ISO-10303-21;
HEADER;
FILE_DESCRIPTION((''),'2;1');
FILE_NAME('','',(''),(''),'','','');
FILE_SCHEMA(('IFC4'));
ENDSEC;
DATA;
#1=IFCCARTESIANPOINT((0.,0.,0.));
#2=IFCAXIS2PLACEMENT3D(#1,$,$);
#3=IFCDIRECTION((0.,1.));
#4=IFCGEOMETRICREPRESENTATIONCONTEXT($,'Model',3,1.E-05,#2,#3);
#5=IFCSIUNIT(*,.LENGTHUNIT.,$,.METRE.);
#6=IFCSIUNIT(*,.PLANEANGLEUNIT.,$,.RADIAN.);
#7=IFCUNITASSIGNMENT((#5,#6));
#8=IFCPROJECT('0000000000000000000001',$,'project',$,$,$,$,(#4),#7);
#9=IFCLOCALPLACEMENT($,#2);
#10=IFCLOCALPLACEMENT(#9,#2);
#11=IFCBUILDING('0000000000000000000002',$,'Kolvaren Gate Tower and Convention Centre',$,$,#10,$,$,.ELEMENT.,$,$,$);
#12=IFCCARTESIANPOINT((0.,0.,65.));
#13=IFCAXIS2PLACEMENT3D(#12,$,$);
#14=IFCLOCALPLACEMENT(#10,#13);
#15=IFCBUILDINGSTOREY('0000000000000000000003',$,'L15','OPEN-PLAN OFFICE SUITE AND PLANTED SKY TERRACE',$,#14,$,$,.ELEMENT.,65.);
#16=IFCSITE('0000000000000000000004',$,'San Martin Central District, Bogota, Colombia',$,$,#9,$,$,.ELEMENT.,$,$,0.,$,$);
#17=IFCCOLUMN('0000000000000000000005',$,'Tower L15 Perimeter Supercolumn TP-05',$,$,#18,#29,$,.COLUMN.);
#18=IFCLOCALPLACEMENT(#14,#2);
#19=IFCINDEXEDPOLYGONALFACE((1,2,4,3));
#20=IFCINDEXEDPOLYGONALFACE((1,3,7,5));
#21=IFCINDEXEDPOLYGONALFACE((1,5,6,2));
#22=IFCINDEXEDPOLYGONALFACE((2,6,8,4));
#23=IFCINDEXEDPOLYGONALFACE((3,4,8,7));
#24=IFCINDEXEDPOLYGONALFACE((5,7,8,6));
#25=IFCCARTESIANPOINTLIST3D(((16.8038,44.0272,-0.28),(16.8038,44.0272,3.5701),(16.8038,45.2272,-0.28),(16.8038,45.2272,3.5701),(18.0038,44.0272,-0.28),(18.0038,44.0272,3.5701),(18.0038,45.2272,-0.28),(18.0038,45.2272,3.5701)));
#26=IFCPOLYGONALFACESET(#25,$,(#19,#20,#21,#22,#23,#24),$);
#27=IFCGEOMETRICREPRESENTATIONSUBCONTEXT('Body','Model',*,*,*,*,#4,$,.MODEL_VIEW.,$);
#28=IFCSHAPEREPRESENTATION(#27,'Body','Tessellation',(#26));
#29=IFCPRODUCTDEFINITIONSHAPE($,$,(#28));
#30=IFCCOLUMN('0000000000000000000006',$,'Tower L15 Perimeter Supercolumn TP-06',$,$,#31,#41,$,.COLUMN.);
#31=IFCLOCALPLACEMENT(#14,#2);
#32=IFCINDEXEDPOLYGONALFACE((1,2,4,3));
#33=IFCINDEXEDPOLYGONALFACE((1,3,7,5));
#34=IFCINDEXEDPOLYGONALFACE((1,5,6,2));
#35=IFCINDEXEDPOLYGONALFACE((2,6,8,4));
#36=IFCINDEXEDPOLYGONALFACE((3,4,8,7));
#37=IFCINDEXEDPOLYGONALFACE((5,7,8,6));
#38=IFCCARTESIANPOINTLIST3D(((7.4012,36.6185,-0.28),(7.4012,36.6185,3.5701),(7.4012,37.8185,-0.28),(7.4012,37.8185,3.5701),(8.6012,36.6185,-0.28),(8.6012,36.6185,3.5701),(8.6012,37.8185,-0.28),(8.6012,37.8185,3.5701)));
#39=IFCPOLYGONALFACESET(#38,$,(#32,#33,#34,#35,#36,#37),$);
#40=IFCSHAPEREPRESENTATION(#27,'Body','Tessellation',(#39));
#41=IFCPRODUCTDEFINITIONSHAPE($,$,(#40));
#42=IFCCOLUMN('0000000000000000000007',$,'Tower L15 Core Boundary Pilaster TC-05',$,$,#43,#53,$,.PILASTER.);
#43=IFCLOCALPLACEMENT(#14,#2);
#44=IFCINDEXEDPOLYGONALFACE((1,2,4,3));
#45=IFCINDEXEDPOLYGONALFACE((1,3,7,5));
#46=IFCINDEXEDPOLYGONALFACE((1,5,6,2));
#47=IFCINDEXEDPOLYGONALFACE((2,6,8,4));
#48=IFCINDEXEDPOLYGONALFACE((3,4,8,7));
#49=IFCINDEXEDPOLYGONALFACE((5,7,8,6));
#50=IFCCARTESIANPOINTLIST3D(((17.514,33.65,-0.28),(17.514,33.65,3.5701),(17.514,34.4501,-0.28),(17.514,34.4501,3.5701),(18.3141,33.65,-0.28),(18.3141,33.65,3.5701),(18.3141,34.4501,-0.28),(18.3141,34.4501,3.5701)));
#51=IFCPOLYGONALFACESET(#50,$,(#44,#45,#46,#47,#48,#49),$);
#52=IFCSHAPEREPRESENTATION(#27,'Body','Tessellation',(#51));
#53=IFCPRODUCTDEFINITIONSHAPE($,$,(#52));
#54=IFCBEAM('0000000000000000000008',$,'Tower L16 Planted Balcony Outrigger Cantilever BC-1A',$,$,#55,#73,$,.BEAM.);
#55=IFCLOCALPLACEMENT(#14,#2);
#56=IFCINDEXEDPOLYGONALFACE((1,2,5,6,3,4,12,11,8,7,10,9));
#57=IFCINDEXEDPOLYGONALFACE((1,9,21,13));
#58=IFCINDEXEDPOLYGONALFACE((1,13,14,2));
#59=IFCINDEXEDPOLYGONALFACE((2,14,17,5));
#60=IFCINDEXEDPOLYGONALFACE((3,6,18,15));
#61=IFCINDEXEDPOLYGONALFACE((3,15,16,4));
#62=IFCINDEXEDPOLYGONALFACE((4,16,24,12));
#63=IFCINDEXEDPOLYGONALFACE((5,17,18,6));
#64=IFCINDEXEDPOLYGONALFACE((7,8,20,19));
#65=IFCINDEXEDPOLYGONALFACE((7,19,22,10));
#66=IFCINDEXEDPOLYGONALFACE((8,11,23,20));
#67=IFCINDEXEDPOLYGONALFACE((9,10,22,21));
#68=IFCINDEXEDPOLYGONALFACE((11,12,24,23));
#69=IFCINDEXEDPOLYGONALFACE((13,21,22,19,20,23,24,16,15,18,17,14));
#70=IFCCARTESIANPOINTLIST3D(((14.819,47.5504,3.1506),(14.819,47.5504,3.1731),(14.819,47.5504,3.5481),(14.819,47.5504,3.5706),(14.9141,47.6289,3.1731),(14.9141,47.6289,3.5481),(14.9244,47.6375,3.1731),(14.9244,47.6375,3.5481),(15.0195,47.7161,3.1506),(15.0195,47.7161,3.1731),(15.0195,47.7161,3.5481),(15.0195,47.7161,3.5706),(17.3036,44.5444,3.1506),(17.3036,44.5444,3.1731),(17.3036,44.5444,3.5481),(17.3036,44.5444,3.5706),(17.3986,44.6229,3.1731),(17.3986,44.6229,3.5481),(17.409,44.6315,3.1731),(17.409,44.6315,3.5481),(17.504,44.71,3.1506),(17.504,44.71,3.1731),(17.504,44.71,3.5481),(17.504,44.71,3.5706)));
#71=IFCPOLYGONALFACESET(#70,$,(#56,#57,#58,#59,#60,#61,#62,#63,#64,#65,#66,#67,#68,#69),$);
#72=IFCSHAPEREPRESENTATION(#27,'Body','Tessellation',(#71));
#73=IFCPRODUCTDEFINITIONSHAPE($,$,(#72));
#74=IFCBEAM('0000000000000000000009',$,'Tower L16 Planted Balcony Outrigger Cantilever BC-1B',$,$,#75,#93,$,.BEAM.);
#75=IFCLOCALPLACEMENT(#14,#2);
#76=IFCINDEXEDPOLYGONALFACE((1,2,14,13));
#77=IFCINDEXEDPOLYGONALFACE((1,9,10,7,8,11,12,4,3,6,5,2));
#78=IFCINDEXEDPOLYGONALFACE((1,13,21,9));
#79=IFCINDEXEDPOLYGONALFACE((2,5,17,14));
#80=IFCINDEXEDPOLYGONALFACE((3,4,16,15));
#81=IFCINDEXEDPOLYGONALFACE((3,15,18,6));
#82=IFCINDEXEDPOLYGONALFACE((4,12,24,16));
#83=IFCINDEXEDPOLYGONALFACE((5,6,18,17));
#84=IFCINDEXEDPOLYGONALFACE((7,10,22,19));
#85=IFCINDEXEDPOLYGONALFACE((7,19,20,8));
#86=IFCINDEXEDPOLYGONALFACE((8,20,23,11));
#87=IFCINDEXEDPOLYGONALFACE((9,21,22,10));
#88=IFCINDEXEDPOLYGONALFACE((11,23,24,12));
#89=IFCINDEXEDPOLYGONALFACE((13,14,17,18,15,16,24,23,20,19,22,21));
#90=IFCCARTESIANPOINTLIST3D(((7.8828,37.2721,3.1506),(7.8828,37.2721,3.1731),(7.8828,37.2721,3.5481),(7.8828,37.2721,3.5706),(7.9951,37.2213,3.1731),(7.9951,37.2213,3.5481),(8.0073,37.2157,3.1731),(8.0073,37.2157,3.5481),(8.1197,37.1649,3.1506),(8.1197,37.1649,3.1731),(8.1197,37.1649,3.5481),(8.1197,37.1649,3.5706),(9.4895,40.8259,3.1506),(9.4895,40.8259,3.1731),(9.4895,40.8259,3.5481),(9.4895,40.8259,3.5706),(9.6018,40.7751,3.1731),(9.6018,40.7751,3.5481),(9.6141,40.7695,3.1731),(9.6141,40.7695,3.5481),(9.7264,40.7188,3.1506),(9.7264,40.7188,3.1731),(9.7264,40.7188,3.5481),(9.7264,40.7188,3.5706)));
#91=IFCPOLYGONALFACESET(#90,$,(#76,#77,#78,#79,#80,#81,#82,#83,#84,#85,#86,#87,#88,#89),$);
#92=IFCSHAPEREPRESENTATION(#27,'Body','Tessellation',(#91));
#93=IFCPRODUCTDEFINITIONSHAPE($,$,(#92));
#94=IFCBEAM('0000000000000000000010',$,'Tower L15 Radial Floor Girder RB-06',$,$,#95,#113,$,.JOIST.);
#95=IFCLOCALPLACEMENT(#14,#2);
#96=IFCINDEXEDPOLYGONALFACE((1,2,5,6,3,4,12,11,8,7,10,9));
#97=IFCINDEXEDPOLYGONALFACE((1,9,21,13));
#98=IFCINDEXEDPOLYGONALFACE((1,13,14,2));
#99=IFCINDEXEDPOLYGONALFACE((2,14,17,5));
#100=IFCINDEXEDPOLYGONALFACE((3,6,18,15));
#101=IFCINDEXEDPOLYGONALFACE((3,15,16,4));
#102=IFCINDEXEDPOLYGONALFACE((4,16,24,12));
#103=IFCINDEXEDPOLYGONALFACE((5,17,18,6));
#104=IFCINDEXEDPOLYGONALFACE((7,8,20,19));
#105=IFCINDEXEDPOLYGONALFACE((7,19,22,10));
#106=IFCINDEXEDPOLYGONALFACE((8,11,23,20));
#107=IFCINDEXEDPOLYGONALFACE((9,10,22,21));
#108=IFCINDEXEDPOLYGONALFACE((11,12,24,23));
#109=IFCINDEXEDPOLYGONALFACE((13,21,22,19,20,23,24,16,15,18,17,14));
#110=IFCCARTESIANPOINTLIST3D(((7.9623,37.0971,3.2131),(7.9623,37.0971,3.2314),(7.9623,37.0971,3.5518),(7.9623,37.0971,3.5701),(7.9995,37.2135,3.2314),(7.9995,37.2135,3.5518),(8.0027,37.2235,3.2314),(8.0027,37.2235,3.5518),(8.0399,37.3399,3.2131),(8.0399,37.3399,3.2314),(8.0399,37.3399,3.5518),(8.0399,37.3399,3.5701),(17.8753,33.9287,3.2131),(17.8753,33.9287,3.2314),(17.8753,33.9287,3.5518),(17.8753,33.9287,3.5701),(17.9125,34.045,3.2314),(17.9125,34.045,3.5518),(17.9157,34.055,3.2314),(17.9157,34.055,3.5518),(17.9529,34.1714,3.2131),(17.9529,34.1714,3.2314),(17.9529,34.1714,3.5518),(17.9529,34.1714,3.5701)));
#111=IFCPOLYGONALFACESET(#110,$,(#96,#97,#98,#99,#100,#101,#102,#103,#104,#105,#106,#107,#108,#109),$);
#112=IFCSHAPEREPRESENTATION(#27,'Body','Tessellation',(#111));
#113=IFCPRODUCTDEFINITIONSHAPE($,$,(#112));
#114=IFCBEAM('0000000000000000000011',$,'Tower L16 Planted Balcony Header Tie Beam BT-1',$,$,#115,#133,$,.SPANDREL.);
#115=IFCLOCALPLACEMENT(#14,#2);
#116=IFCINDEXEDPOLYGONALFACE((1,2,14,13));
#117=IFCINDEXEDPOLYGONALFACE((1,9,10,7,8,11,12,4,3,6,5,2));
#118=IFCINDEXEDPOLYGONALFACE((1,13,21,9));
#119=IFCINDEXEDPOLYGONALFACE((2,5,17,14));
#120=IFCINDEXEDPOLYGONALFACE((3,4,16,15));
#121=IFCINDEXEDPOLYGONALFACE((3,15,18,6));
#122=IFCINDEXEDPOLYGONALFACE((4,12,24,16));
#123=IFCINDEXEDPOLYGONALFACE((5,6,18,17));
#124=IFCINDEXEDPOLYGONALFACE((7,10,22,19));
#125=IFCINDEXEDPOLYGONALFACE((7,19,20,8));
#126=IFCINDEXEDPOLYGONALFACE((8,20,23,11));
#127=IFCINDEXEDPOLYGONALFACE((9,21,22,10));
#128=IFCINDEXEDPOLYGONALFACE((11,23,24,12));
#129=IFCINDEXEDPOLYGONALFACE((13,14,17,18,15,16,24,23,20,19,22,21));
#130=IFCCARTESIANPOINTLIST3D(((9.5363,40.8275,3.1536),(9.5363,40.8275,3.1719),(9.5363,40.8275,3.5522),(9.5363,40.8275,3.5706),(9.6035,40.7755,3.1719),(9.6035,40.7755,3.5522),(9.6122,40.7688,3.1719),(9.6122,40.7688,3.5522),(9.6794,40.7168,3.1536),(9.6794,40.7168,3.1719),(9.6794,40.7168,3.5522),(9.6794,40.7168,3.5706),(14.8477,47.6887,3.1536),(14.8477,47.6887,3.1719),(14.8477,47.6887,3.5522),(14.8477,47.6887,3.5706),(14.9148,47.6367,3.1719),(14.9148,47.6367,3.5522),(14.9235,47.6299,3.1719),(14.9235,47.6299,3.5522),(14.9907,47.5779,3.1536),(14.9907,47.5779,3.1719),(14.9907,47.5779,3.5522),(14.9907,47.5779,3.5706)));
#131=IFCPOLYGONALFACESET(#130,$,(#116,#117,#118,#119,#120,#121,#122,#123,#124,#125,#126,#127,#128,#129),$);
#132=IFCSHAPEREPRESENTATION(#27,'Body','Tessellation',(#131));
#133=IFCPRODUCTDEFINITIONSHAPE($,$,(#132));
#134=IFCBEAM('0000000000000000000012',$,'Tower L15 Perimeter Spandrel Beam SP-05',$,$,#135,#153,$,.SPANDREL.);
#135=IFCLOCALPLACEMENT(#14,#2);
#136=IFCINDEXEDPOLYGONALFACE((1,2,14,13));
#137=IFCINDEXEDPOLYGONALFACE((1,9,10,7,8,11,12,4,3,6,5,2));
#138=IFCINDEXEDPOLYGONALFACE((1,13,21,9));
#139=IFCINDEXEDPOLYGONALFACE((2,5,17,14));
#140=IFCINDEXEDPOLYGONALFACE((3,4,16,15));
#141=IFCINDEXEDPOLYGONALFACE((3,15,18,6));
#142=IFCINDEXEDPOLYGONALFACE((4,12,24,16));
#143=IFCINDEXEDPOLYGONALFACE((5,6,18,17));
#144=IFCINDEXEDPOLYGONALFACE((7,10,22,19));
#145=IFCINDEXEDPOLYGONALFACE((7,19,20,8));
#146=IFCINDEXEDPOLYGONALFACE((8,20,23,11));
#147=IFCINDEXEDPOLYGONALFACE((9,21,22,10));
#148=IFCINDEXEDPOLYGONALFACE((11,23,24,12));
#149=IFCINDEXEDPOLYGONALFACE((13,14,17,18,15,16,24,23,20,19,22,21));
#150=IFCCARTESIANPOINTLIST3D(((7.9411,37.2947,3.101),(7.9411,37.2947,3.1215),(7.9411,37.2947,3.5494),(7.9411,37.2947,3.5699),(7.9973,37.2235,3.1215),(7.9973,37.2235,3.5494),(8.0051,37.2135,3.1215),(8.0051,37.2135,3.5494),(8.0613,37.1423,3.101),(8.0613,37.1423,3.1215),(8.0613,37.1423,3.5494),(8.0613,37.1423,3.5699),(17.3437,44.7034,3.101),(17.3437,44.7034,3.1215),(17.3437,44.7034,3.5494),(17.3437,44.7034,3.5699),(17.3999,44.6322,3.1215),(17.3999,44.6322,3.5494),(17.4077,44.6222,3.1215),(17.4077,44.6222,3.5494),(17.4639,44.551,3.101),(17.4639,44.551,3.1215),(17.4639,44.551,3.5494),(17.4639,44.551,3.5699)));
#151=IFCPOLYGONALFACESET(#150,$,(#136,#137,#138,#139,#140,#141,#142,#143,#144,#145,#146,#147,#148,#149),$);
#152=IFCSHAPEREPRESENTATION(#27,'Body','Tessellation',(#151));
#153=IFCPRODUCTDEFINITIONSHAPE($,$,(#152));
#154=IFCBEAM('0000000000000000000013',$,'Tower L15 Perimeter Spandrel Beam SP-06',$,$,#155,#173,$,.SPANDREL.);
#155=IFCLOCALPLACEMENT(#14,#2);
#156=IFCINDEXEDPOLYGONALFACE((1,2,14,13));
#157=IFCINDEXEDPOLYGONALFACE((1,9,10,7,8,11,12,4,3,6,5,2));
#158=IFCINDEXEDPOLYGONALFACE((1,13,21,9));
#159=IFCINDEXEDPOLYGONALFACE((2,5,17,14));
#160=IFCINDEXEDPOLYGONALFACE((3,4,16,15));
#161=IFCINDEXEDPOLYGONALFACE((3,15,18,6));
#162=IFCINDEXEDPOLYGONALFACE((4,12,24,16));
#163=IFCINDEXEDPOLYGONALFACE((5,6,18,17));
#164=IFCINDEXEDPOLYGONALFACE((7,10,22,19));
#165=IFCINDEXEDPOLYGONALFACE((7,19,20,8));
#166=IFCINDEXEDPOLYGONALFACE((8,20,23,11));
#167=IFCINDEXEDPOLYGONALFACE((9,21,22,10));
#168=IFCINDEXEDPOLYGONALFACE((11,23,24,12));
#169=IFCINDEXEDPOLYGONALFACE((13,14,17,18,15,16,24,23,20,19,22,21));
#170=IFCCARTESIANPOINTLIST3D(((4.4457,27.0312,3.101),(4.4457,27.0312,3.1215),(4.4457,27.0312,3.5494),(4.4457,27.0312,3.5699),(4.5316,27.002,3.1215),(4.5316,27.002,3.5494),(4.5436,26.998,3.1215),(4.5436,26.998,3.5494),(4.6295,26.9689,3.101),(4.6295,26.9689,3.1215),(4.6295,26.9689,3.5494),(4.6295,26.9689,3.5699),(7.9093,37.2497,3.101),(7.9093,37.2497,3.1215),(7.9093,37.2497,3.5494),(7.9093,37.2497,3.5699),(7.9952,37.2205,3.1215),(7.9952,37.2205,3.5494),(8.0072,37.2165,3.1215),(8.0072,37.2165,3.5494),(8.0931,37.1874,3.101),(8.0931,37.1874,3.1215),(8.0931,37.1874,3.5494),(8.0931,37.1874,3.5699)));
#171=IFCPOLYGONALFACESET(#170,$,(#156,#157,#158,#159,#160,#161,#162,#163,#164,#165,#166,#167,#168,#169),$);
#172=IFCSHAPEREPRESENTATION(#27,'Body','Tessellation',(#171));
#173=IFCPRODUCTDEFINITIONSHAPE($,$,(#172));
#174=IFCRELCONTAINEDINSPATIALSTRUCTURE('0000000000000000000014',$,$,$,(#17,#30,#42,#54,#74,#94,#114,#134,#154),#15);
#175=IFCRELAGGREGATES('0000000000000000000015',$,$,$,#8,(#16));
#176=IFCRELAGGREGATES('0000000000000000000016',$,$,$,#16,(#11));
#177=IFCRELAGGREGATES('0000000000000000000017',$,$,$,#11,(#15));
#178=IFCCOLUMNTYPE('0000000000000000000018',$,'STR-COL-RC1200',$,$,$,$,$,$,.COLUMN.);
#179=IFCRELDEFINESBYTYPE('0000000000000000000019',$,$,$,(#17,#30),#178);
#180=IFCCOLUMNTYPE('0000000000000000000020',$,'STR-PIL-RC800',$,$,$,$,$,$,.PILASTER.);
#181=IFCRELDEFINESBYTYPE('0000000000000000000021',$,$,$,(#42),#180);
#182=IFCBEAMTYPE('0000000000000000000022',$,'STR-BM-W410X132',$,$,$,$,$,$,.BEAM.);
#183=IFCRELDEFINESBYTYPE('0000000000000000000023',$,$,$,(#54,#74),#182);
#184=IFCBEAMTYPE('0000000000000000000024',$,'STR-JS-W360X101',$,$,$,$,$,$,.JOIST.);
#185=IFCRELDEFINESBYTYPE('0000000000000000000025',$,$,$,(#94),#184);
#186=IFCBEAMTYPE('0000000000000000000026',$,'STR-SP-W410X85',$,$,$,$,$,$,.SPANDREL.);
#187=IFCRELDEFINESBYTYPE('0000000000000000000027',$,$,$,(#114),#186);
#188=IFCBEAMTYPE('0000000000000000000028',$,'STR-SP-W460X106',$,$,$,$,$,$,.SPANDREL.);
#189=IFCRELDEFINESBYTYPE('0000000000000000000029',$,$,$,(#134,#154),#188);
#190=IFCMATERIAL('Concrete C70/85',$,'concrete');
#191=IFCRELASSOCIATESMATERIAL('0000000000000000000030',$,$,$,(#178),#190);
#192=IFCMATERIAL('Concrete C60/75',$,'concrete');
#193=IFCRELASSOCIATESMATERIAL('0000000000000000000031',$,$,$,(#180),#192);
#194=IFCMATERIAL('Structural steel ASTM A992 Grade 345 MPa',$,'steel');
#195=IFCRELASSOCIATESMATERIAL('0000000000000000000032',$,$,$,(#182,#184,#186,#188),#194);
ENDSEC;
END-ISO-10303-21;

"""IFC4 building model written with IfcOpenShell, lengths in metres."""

from ifc_helpers import new_model, si_unit, direction, frame, origin, origin_2d, place, context, subcontext, project, spatial, rectangle, i_section, extrude, material, material_profile, profile_set, type_object, element, save


model = new_model("IFC4")

# Units and contexts
model_context = context("Model", 3, precision=1e-05, world=origin(), true_north=direction((0.0, 1.0)))
body_context = subcontext(model_context, "Body", "Model", "MODEL_VIEW")
ifc_project = project(units=[si_unit("LENGTHUNIT", "METRE"), si_unit("PLANEANGLEUNIT", "RADIAN")], contexts=[model_context])

# Site, building, storey
site_placement = place(None, origin())
site = spatial("IfcSite", under=ifc_project, at=site_placement, Name="San Martin Central District, Bogota, Colombia", CompositionType="ELEMENT", RefElevation=0.0)
building_placement = place(site_placement, origin())
building = spatial("IfcBuilding", under=site, at=building_placement, Name="Kolvaren Gate Tower and Convention Centre", CompositionType="ELEMENT")
storey_placement = place(building_placement, frame((0.0, 0.0, 65.0)))
storey = spatial("IfcBuildingStorey", under=building, at=storey_placement, Name="L15", Description="OPEN-PLAN OFFICE SUITE AND PLANTED SKY TERRACE", CompositionType="ELEMENT", Elevation=65.0)

# Columns
ifc_material_1 = material(Name="Concrete C70/85", Category="concrete")
ifc_material_profile_1 = material_profile(ifc_material_1, rectangle(XDim=1.2, YDim=1.2, at=origin_2d()), Name="RC-COL-1200X1200")
ifc_profile_set_1 = profile_set([ifc_material_profile_1], Name="Concrete C70/85")
column_type_1 = type_object("IfcColumnType", Name="STR-COL-RC1200", PredefinedType="COLUMN", material=ifc_profile_set_1)
for number, where, z_axis, x_axis, name in (
    (1, (17.4038, 44.6272, -0.28), (0.0, 0.0, 1.0), (1.0, 0.0, 0.0), "Tower L15 Perimeter Supercolumn TP-05"),
    (2, (8.0012, 37.2185, -0.28), (0.0, 0.0, 1.0), (1.0, 0.0, 0.0), "Tower L15 Perimeter Supercolumn TP-06"),
):
    element("IfcColumn", number, at=place(storey_placement, frame(where, z_axis=z_axis, x_axis=x_axis)), inside=storey, type_object=column_type_1, Name=name, PredefinedType="COLUMN", context=body_context, shape_type="SweptSolid", body=[
        extrude(rectangle(XDim=1.2, YDim=1.2, at=origin_2d()), origin(), (0.0, 0.0, 1.0), 3.8501),
    ])
ifc_material_2 = material(Name="Concrete C60/75", Category="concrete")
ifc_material_profile_2 = material_profile(ifc_material_2, rectangle(XDim=0.8, YDim=0.8, at=origin_2d()), Name="RC-COL-800X800")
ifc_profile_set_2 = profile_set([ifc_material_profile_2], Name="Concrete C60/75")
column_type_2 = type_object("IfcColumnType", Name="STR-PIL-RC800", PredefinedType="PILASTER", material=ifc_profile_set_2)
column_placement = place(storey_placement, frame((17.9141, 34.05, -0.28), z_axis=(0.0, 0.0, 1.0), x_axis=(1.0, 0.0, 0.0)))
element("IfcColumn", 3, at=column_placement, inside=storey, type_object=column_type_2, Name="Tower L15 Core Boundary Pilaster TC-05", PredefinedType="PILASTER", context=body_context, shape_type="SweptSolid", body=[
    extrude(rectangle(XDim=0.8, YDim=0.8, at=origin_2d()), origin(), (0.0, 0.0, 1.0), 3.8501),
])

# Beams
ifc_material_3 = material(Name="Structural steel ASTM A992 Grade 345 MPa", Category="steel")
ifc_material_profile_3 = material_profile(ifc_material_3, i_section(OverallWidth=0.26, OverallDepth=0.4199, WebThickness=0.0134, FlangeThickness=0.0225, at=origin_2d()), Name="W410X132")
ifc_profile_set_3 = profile_set([ifc_material_profile_3], Name="Structural steel ASTM A992 Grade 345 MPa")
beam_type_1 = type_object("IfcBeamType", Name="STR-BM-W410X132", PredefinedType="BEAM", material=ifc_profile_set_3)
beam_1_placement = place(storey_placement, frame((17.4038, 44.6272, 3.3606), z_axis=(-0.637082, 0.770796, 0.0), x_axis=(-0.770796, -0.637082, 0.0)))
element("IfcBeam", 4, at=beam_1_placement, inside=storey, type_object=beam_type_1, Name="Tower L16 Planted Balcony Outrigger Cantilever BC-1A", PredefinedType="BEAM", context=body_context, shape_type="SweptSolid", body=[
    extrude(i_section(OverallWidth=0.26, OverallDepth=0.4199, WebThickness=0.0134, FlangeThickness=0.0225, at=origin_2d()), origin(), (0.0, 0.0, 1.0), 3.8999),
])
beam_2_placement = place(storey_placement, frame((8.0012, 37.2185, 3.3606), z_axis=(0.411967, 0.911199, 0.0), x_axis=(-0.911199, 0.411967, 0.0)))
element("IfcBeam", 5, at=beam_2_placement, inside=storey, type_object=beam_type_1, Name="Tower L16 Planted Balcony Outrigger Cantilever BC-1B", PredefinedType="BEAM", context=body_context, shape_type="SweptSolid", body=[
    extrude(i_section(OverallWidth=0.26, OverallDepth=0.4199, WebThickness=0.0134, FlangeThickness=0.0225, at=origin_2d()), origin(), (0.0, 0.0, 1.0), 3.9001),
])
ifc_material_profile_4 = material_profile(ifc_material_3, i_section(OverallWidth=0.2549, OverallDepth=0.3569, WebThickness=0.0105, FlangeThickness=0.0183, at=origin_2d()), Name="W360X101")
ifc_profile_set_4 = profile_set([ifc_material_profile_4], Name="Structural steel ASTM A992 Grade 345 MPa")
beam_type_2 = type_object("IfcBeamType", Name="STR-JS-W360X101", PredefinedType="JOIST", material=ifc_profile_set_4)
beam_3_placement = place(storey_placement, frame((17.9141, 34.05, 3.3916), z_axis=(-0.952526, 0.304457, 0.0), x_axis=(-0.304457, -0.952526, 0.0)))
element("IfcBeam", 6, at=beam_3_placement, inside=storey, type_object=beam_type_2, Name="Tower L15 Radial Floor Girder RB-06", PredefinedType="JOIST", context=body_context, shape_type="SweptSolid", body=[
    extrude(i_section(OverallWidth=0.2549, OverallDepth=0.3569, WebThickness=0.0105, FlangeThickness=0.0183, at=origin_2d()), origin(), (0.0, 0.0, 1.0), 10.407),
])
ifc_material_profile_5 = material_profile(ifc_material_3, i_section(OverallWidth=0.1809, OverallDepth=0.417, WebThickness=0.011, FlangeThickness=0.0183, at=origin_2d()), Name="W410X85")
ifc_profile_set_5 = profile_set([ifc_material_profile_5], Name="Structural steel ASTM A992 Grade 345 MPa")
beam_type_3 = type_object("IfcBeamType", Name="STR-SP-W410X85", PredefinedType="SPANDREL", material=ifc_profile_set_5)
beam_4_placement = place(storey_placement, frame((14.9192, 47.6333, 3.3621), z_axis=(-0.612135, -0.790753, 0.0), x_axis=(0.790753, -0.612135, 0.0)))
element("IfcBeam", 7, at=beam_4_placement, inside=storey, type_object=beam_type_3, Name="Tower L16 Planted Balcony Header Tie Beam BT-1", PredefinedType="SPANDREL", context=body_context, shape_type="SweptSolid", body=[
    extrude(i_section(OverallWidth=0.1809, OverallDepth=0.417, WebThickness=0.011, FlangeThickness=0.0183, at=origin_2d()), origin(), (0.0, 0.0, 1.0), 8.6768),
])
ifc_material_profile_6 = material_profile(ifc_material_3, i_section(OverallWidth=0.1941, OverallDepth=0.469, WebThickness=0.0127, FlangeThickness=0.0205, at=origin_2d()), Name="W460X106")
ifc_profile_set_6 = profile_set([ifc_material_profile_6], Name="Structural steel ASTM A992 Grade 345 MPa")
beam_type_4 = type_object("IfcBeamType", Name="STR-SP-W460X106", PredefinedType="SPANDREL", material=ifc_profile_set_6)
beam_5_placement = place(storey_placement, frame((17.4038, 44.6272, 3.3354), z_axis=(-0.785468, -0.618903, 0.0), x_axis=(0.618903, -0.785468, 0.0)))
element("IfcBeam", 8, at=beam_5_placement, inside=storey, type_object=beam_type_4, Name="Tower L15 Perimeter Spandrel Beam SP-05", PredefinedType="SPANDREL", context=body_context, shape_type="SweptSolid", body=[
    extrude(i_section(OverallWidth=0.1941, OverallDepth=0.469, WebThickness=0.0127, FlangeThickness=0.0205, at=origin_2d()), origin(), (0.0, 0.0, 1.0), 11.9707),
])
beam_6_placement = place(storey_placement, frame((8.0012, 37.2185, 3.3354), z_axis=(-0.321016, -0.947074, 0.0), x_axis=(0.947074, -0.321016, 0.0)))
element("IfcBeam", 9, at=beam_6_placement, inside=storey, type_object=beam_type_4, Name="Tower L15 Perimeter Spandrel Beam SP-06", PredefinedType="SPANDREL", context=body_context, shape_type="SweptSolid", body=[
    extrude(i_section(OverallWidth=0.1941, OverallDepth=0.469, WebThickness=0.0127, FlangeThickness=0.0205, at=origin_2d()), origin(), (0.0, 0.0, 1.0), 10.7896),
])

save(model, "model.ifc")
